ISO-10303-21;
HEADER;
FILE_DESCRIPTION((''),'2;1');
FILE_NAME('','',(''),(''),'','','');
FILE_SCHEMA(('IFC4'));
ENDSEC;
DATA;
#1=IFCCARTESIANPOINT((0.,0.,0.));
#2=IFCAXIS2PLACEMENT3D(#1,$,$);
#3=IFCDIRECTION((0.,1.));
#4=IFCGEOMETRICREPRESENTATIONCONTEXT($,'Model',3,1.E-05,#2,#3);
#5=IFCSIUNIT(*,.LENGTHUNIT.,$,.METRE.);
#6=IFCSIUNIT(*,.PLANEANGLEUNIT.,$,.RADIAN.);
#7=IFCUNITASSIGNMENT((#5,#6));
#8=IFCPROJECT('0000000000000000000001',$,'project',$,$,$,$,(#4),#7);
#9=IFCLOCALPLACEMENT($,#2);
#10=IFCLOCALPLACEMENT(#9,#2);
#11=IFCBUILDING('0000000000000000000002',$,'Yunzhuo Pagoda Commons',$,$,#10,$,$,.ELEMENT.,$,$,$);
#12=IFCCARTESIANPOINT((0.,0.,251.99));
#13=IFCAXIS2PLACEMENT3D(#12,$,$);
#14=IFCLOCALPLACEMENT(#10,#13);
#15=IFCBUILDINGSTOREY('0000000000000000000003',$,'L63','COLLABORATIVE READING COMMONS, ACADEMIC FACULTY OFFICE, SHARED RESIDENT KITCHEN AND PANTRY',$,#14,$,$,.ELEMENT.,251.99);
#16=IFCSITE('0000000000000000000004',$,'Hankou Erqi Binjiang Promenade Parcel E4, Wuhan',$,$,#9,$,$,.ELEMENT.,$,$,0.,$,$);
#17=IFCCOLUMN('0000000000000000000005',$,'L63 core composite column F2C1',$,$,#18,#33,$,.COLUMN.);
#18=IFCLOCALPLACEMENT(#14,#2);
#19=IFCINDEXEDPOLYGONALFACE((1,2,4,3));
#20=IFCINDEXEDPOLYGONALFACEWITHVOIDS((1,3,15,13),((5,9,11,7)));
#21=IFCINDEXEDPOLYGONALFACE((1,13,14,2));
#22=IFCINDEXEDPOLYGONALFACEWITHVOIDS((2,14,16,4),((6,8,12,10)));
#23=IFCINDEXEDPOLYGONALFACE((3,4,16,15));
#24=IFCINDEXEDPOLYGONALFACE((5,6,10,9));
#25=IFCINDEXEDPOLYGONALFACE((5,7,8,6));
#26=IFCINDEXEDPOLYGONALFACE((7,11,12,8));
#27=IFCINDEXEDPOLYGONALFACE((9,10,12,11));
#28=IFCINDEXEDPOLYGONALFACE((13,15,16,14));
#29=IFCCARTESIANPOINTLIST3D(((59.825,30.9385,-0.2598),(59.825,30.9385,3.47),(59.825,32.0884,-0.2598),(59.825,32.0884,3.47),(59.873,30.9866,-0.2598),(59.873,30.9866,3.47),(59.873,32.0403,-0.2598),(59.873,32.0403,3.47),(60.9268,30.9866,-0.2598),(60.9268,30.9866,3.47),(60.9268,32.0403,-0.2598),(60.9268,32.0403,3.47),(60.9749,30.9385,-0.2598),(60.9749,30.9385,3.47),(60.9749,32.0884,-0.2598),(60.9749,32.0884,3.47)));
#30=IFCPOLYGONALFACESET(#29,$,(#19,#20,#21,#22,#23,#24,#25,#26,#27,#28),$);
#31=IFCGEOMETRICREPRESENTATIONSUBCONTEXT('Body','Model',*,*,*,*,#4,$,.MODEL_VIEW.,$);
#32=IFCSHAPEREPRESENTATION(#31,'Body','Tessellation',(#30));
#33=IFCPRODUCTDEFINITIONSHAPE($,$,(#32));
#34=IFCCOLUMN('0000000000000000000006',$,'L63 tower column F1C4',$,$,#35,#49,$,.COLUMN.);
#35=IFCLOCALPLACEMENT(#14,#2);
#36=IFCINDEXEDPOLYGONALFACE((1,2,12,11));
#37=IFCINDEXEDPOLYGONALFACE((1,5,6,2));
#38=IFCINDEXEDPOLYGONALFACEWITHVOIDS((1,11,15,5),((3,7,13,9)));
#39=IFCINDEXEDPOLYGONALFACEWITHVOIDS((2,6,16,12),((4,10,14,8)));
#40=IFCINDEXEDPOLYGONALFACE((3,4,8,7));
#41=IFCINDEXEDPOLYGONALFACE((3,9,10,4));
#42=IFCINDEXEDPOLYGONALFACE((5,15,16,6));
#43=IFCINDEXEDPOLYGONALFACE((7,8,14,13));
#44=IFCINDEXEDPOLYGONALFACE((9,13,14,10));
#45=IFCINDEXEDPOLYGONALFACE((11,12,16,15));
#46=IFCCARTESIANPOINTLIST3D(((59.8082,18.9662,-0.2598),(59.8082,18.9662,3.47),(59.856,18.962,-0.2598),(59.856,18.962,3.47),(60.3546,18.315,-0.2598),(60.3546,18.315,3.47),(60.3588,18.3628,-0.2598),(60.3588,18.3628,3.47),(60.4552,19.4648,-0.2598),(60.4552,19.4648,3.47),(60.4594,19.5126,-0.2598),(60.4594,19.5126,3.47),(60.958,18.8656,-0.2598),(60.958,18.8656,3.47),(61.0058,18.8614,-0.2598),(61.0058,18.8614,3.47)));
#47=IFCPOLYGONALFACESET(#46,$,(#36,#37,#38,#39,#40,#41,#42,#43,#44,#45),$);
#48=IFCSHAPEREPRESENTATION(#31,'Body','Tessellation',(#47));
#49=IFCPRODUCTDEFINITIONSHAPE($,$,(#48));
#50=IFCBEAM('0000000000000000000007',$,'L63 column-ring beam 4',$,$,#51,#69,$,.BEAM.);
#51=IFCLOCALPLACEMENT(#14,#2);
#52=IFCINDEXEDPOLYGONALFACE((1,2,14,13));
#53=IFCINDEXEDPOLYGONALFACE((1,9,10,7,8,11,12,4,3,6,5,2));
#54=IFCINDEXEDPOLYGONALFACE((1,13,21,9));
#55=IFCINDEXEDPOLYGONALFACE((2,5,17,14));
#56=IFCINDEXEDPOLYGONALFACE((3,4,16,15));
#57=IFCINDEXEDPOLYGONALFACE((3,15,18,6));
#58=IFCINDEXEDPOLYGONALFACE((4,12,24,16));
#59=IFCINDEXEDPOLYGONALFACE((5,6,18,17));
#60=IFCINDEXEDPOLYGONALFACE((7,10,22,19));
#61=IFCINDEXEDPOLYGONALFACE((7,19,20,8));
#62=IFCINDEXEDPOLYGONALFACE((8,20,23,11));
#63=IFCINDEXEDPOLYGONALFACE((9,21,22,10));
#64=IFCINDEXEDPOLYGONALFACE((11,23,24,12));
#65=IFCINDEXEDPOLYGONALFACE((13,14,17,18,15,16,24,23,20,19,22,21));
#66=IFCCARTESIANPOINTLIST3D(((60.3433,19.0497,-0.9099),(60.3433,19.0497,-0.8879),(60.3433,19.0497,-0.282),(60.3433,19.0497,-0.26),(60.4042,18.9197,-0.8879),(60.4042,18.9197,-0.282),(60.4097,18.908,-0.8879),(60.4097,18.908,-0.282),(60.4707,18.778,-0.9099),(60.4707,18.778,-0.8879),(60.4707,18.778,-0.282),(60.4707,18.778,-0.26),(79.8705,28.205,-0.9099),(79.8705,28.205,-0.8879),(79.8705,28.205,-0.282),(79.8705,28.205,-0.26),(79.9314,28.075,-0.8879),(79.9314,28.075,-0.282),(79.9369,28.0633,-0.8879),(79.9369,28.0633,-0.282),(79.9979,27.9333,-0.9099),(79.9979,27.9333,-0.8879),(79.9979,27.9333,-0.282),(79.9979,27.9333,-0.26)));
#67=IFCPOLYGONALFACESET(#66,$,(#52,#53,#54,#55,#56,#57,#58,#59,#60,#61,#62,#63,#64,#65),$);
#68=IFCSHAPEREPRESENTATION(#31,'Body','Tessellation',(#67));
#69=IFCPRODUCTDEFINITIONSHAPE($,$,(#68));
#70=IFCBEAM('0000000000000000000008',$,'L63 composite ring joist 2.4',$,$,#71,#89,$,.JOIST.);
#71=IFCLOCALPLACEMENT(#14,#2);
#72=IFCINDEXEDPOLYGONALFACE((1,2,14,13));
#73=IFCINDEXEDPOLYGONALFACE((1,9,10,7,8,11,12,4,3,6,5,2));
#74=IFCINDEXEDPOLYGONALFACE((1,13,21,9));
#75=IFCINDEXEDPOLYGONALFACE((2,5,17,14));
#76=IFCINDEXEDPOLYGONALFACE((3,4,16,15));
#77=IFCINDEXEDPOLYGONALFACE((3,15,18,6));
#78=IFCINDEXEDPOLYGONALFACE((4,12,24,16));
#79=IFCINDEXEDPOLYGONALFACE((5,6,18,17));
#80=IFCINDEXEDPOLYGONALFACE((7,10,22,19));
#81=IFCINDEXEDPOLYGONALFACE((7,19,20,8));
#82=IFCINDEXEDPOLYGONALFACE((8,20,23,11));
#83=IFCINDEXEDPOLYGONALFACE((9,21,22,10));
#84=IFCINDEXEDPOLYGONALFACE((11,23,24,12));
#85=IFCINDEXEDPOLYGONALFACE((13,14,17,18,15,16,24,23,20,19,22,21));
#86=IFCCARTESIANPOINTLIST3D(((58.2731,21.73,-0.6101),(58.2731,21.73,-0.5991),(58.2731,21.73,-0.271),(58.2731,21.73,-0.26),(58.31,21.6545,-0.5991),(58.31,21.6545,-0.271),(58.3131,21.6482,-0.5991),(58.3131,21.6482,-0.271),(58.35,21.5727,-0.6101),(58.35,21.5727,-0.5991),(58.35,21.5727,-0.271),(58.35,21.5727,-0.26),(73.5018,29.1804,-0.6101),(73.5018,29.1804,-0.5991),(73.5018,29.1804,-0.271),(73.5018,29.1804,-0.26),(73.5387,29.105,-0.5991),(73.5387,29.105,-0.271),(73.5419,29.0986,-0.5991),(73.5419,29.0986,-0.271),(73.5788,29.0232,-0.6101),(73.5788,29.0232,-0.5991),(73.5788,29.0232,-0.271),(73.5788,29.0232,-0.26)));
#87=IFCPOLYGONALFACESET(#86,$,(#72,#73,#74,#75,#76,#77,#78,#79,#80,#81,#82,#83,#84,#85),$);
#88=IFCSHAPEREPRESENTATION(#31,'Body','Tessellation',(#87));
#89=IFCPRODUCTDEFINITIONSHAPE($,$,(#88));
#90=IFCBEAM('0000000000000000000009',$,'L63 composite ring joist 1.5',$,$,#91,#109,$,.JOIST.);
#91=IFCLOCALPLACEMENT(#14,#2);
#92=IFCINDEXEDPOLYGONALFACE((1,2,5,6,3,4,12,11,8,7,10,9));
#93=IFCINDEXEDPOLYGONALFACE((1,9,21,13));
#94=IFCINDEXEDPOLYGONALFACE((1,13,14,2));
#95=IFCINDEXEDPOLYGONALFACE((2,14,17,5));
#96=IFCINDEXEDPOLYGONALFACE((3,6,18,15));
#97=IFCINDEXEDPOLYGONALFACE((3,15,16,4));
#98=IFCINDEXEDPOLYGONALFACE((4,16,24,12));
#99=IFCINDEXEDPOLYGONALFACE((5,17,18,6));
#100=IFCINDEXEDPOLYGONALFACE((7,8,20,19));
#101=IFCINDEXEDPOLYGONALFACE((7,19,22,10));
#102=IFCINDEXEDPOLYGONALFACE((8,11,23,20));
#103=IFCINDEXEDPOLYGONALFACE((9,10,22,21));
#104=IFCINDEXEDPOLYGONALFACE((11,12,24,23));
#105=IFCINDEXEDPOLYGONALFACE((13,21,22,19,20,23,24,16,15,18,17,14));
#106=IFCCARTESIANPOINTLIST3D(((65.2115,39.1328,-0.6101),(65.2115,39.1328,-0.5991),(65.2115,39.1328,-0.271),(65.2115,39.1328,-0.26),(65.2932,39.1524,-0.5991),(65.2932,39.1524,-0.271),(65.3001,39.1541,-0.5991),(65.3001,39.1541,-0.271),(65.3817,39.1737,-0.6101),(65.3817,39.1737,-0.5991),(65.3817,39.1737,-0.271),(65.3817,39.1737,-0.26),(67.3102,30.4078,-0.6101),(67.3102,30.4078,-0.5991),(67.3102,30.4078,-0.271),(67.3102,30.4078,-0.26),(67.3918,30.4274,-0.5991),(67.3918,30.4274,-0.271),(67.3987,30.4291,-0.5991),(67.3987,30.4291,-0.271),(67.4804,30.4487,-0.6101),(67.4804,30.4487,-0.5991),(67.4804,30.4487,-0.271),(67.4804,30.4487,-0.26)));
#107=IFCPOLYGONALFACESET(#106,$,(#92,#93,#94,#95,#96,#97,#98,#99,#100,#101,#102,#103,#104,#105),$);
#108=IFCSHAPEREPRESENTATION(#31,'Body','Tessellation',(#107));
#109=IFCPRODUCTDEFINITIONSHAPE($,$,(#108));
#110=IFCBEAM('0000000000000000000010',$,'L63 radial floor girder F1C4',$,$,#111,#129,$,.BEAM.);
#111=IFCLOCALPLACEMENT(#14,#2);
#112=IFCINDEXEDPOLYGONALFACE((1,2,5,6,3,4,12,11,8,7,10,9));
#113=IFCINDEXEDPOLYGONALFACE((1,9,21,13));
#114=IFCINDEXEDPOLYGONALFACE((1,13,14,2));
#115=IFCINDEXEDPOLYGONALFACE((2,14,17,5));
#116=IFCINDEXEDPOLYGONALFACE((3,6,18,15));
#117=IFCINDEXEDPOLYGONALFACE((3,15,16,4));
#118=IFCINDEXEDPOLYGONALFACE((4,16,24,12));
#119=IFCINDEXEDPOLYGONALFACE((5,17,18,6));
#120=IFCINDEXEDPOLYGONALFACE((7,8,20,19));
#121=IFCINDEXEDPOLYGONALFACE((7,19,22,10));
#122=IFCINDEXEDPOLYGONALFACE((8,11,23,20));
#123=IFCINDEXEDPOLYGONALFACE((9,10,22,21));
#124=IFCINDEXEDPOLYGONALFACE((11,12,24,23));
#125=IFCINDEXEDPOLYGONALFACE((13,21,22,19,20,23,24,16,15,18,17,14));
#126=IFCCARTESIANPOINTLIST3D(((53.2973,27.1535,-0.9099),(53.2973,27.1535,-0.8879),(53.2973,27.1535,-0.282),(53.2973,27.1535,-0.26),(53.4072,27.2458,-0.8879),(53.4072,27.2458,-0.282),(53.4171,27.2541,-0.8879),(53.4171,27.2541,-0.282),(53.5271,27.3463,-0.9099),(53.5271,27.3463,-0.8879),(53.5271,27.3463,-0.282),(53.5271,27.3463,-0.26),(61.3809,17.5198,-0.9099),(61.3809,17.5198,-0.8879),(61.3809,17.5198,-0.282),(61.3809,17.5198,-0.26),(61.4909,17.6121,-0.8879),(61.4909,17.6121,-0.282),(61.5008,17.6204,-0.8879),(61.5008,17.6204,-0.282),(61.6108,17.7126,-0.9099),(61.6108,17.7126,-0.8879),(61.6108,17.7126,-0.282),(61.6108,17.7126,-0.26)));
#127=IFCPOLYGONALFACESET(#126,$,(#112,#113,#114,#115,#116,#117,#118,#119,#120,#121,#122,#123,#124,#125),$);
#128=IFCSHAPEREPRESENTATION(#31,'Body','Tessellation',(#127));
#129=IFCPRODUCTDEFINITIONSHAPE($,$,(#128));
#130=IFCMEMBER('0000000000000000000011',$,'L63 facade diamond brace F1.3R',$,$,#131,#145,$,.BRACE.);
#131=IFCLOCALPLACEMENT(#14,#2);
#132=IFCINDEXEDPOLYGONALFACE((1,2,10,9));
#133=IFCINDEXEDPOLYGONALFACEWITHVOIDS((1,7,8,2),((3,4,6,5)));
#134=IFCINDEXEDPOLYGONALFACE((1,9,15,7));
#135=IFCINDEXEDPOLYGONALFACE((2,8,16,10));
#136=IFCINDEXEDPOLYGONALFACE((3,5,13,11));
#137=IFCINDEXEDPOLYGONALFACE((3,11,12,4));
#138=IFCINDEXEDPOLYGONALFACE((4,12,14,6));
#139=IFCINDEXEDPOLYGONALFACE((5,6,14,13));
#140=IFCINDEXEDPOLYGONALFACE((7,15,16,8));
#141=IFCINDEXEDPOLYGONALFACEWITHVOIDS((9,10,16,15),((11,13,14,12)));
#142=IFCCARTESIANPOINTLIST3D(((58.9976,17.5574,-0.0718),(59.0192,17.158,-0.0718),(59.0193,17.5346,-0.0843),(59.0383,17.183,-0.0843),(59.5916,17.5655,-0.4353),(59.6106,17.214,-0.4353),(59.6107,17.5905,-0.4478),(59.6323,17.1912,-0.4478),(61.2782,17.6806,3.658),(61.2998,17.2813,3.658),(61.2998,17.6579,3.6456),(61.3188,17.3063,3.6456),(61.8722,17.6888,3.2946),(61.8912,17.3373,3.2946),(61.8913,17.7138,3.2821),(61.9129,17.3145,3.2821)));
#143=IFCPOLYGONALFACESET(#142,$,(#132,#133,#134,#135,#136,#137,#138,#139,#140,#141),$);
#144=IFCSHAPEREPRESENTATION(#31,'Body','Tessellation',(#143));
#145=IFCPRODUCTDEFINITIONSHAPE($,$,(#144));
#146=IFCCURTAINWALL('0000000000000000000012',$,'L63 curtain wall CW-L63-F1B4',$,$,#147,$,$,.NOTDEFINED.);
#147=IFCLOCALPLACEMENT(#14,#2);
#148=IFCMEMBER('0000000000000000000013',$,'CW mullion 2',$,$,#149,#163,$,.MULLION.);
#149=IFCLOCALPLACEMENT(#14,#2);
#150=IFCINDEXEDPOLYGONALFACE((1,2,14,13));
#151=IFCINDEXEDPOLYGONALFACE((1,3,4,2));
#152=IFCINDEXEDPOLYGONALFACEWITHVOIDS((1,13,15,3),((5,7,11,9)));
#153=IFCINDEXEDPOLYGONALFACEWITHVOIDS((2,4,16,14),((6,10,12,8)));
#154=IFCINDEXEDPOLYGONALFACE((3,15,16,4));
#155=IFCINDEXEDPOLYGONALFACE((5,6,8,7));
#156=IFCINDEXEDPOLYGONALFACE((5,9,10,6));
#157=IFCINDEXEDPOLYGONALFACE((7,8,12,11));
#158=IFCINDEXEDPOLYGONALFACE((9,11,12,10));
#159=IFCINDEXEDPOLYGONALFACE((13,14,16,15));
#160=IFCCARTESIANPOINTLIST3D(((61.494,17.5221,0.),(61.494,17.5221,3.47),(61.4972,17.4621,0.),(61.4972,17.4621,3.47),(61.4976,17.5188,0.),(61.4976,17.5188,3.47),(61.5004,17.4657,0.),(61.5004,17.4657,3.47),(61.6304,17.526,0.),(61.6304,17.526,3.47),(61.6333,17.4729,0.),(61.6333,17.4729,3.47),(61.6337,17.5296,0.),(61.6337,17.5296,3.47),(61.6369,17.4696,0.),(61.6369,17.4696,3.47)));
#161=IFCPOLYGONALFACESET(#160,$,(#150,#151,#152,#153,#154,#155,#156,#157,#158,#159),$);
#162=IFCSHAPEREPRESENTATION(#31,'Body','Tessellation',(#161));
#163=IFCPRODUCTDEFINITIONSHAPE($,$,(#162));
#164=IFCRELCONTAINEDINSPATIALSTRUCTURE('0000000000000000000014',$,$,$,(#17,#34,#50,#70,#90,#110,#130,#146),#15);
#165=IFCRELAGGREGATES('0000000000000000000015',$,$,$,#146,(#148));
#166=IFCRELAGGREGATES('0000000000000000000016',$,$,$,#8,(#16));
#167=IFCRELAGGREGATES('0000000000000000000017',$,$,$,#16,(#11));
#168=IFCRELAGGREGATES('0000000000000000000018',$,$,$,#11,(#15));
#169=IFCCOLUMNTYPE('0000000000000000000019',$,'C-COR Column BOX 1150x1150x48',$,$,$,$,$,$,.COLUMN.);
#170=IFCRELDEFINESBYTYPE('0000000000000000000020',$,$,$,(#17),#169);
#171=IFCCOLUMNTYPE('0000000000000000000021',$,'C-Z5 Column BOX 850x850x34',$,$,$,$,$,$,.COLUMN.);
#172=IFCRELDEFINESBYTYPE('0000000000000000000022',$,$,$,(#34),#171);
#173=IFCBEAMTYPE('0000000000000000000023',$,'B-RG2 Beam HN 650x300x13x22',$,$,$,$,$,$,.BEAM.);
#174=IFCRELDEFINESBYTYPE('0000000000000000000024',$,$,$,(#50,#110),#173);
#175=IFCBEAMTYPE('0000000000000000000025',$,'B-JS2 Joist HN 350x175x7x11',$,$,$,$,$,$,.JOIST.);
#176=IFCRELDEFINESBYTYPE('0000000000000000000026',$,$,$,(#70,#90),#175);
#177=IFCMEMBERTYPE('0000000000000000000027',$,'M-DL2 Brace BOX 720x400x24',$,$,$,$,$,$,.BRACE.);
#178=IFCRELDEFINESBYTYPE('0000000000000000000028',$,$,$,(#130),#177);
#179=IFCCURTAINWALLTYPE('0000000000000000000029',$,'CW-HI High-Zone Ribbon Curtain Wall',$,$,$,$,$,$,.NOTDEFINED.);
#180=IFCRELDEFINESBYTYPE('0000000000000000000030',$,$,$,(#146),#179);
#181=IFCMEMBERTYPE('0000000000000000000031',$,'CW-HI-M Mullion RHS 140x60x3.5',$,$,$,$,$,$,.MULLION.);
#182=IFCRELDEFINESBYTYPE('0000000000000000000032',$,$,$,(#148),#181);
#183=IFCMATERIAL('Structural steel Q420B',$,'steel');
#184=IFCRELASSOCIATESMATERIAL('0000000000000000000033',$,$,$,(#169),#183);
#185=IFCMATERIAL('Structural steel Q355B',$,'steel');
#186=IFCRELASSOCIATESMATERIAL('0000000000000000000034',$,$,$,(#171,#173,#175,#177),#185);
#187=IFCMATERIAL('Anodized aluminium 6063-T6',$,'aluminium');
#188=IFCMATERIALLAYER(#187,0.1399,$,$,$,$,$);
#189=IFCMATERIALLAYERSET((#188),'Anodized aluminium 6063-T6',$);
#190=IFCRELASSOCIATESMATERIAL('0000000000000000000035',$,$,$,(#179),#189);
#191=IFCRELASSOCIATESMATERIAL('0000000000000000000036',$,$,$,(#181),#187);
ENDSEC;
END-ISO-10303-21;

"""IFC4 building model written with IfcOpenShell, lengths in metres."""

from ifc_helpers import new_model, si_unit, direction, frame, origin, origin_2d, place, context, subcontext, project, spatial, hollow_rectangle, i_section, extrude, source, transform, mapped, material, layer, layer_set, material_profile, profile_set, type_object, element, aggregate, save


model = new_model("IFC4")

# Units and contexts
model_context = context("Model", 3, precision=1e-05, world=origin(), true_north=direction((0.0, 1.0)))
body_context = subcontext(model_context, "Body", "Model", "MODEL_VIEW")
ifc_project = project(units=[si_unit("LENGTHUNIT", "METRE"), si_unit("PLANEANGLEUNIT", "RADIAN")], contexts=[model_context])

# Site, building, storey
site_placement = place(None, origin())
site = spatial("IfcSite", under=ifc_project, at=site_placement, Name="Hankou Erqi Binjiang Promenade Parcel E4, Wuhan", CompositionType="ELEMENT", RefElevation=0.0)
building_placement = place(site_placement, origin())
building = spatial("IfcBuilding", under=site, at=building_placement, Name="Yunzhuo Pagoda Commons", CompositionType="ELEMENT")
storey_placement = place(building_placement, frame((0.0, 0.0, 251.99)))
storey = spatial("IfcBuildingStorey", under=building, at=storey_placement, Name="L63", Description="COLLABORATIVE READING COMMONS, ACADEMIC FACULTY OFFICE, SHARED RESIDENT KITCHEN AND PANTRY", CompositionType="ELEMENT", Elevation=251.99)

# Columns
ifc_material_1 = material(Name="Structural steel Q420B", Category="steel")
ifc_material_profile_1 = material_profile(ifc_material_1, hollow_rectangle(XDim=1.1499, YDim=1.1499, WallThickness=0.0481, at=origin_2d()), Name="Structural steel Q420B")
ifc_profile_set_1 = profile_set([ifc_material_profile_1], Name="Structural steel Q420B")
column_type_1 = type_object("IfcColumnType", Name="C-COR Column BOX 1150x1150x48", PredefinedType="COLUMN", material=ifc_profile_set_1)
shared_shape_1 = source(origin(), body_context, "Body", "SweptSolid", [
    extrude(hollow_rectangle(XDim=1.1499, YDim=1.1499, WallThickness=0.0481, at=origin_2d()), origin(), (0.0, 0.0, 1.0), 3.7297),
])
column_1_placement = place(storey_placement, frame((60.3999, 31.5134, -0.2598), z_axis=(0.0, 0.0, 1.0), x_axis=(1.0, 0.0, 0.0)))
element("IfcColumn", 1, at=column_1_placement, inside=storey, type_object=column_type_1, Name="L63 core composite column F2C1", PredefinedType="COLUMN", context=body_context, shape_type="MappedRepresentation", body=[
    mapped(shared_shape_1, transform((0.0, 0.0, 0.0), scale=1.0)),
])
ifc_material_2 = material(Name="Structural steel Q355B", Category="steel")
ifc_material_profile_2 = material_profile(ifc_material_2, hollow_rectangle(XDim=0.8501, YDim=0.8501, WallThickness=0.0339, at=origin_2d()), Name="Structural steel Q355B")
ifc_profile_set_2 = profile_set([ifc_material_profile_2], Name="Structural steel Q355B")
column_type_2 = type_object("IfcColumnType", Name="C-Z5 Column BOX 850x850x34", PredefinedType="COLUMN", material=ifc_profile_set_2)
shared_shape_2 = source(origin(), body_context, "Body", "SweptSolid", [
    extrude(hollow_rectangle(XDim=0.8501, YDim=0.8501, WallThickness=0.0339, at=origin_2d()), origin(), (0.0, 0.0, 1.0), 3.7297),
])
column_2_placement = place(storey_placement, frame((60.407, 18.9138, -0.2598), z_axis=(0.0, 0.0, 1.0), x_axis=(0.766044, 0.642788, 0.0)))
element("IfcColumn", 2, at=column_2_placement, inside=storey, type_object=column_type_2, Name="L63 tower column F1C4", PredefinedType="COLUMN", context=body_context, shape_type="MappedRepresentation", body=[
    mapped(shared_shape_2, transform((0.0, 0.0, 0.0), scale=1.0)),
])

# Beams
ifc_material_profile_3 = material_profile(ifc_material_2, i_section(OverallWidth=0.3, OverallDepth=0.6499, WebThickness=0.0129, FlangeThickness=0.022, at=origin_2d()), Name="Structural steel Q355B")
ifc_profile_set_3 = profile_set([ifc_material_profile_3], Name="Structural steel Q355B")
beam_type_1 = type_object("IfcBeamType", Name="B-RG2 Beam HN 650x300x13x22", PredefinedType="BEAM", material=ifc_profile_set_3)
shared_shape_3 = source(origin(), body_context, "Body", "SweptSolid", [
    extrude(i_section(OverallWidth=0.3, OverallDepth=0.6499, WebThickness=0.0129, FlangeThickness=0.022, at=origin_2d()), origin(), (0.0, 0.0, 1.0), 21.5669),
])
beam_1_placement = place(storey_placement, frame((60.407, 18.9138, -0.585), z_axis=(0.905424, 0.424508, 0.0), x_axis=(-0.424508, 0.905424, 0.0)))
element("IfcBeam", 3, at=beam_1_placement, inside=storey, type_object=beam_type_1, Name="L63 column-ring beam 4", PredefinedType="BEAM", context=body_context, shape_type="MappedRepresentation", body=[
    mapped(shared_shape_3, transform((0.0, 0.0, 0.0), scale=1.0)),
])
ifc_material_profile_4 = material_profile(ifc_material_2, i_section(OverallWidth=0.175, OverallDepth=0.3501, WebThickness=0.0071, FlangeThickness=0.011, at=origin_2d()), Name="Structural steel Q355B")
ifc_profile_set_4 = profile_set([ifc_material_profile_4], Name="Structural steel Q355B")
beam_type_2 = type_object("IfcBeamType", Name="B-JS2 Joist HN 350x175x7x11", PredefinedType="JOIST", material=ifc_profile_set_4)
shared_shape_4 = source(origin(), body_context, "Body", "SweptSolid", [
    extrude(i_section(OverallWidth=0.175, OverallDepth=0.3501, WebThickness=0.0071, FlangeThickness=0.011, at=origin_2d()), origin(), (0.0, 0.0, 1.0), 16.9536),
])
beam_2_placement = place(storey_placement, frame((58.3115, 21.6514, -0.4351), z_axis=(0.898262, 0.439461, 0.0), x_axis=(-0.439461, 0.898262, 0.0)))
element("IfcBeam", 4, at=beam_2_placement, inside=storey, type_object=beam_type_2, Name="L63 composite ring joist 2.4", PredefinedType="JOIST", context=body_context, shape_type="MappedRepresentation", body=[
    mapped(shared_shape_4, transform((0.0, 0.0, 0.0), scale=1.0)),
])
shared_shape_5 = source(origin(), body_context, "Body", "SweptSolid", [
    extrude(i_section(OverallWidth=0.175, OverallDepth=0.3501, WebThickness=0.0071, FlangeThickness=0.011, at=origin_2d()), origin(), (0.0, 0.0, 1.0), 8.9739),
])
beam_3_placement = place(storey_placement, frame((67.3953, 30.4282, -0.4351), z_axis=(-0.233859, 0.972271, 0.0), x_axis=(-0.972271, -0.233859, 0.0)))
element("IfcBeam", 5, at=beam_3_placement, inside=storey, type_object=beam_type_2, Name="L63 composite ring joist 1.5", PredefinedType="JOIST", context=body_context, shape_type="MappedRepresentation", body=[
    mapped(shared_shape_5, transform((0.0, 0.0, 0.0), scale=1.0)),
])
shared_shape_6 = source(origin(), body_context, "Body", "SweptSolid", [
    extrude(i_section(OverallWidth=0.3, OverallDepth=0.6499, WebThickness=0.0129, FlangeThickness=0.022, at=origin_2d()), origin(), (0.0, 0.0, 1.0), 12.5759),
])
beam_4_placement = place(storey_placement, frame((61.4958, 17.6162, -0.585), z_axis=(-0.642789, 0.766043, 0.0), x_axis=(-0.766043, -0.642789, 0.0)))
element("IfcBeam", 6, at=beam_4_placement, inside=storey, type_object=beam_type_1, Name="L63 radial floor girder F1C4", PredefinedType="BEAM", context=body_context, shape_type="MappedRepresentation", body=[
    mapped(shared_shape_6, transform((0.0, 0.0, 0.0), scale=1.0)),
])

# Member
ifc_material_profile_5 = material_profile(ifc_material_2, hollow_rectangle(XDim=0.3999, YDim=0.72, WallThickness=0.0239, at=origin_2d()), Name="Structural steel Q355B")
ifc_profile_set_5 = profile_set([ifc_material_profile_5], Name="Structural steel Q355B")
member_type_1 = type_object("IfcMemberType", Name="M-DL2 Brace BOX 720x400x24", PredefinedType="BRACE", material=ifc_profile_set_5)
shared_shape_7 = source(origin(), body_context, "Body", "SweptSolid", [
    extrude(hollow_rectangle(XDim=0.3999, YDim=0.72, WallThickness=0.0239, at=origin_2d()), origin(), (0.0, 0.0, 1.0), 4.3735),
])
member_1_placement = place(storey_placement, frame((59.3149, 17.3743, -0.2598), z_axis=(0.521448, 0.028191, 0.852817), x_axis=(-0.053984, 0.998542, 0.0)))
element("IfcMember", 7, at=member_1_placement, inside=storey, type_object=member_type_1, Name="L63 facade diamond brace F1.3R", PredefinedType="BRACE", context=body_context, shape_type="MappedRepresentation", body=[
    mapped(shared_shape_7, transform((0.0, 0.0, 0.0), scale=1.0)),
])

# Curtain wall, member
ifc_material_3 = material(Name="Anodized aluminium 6063-T6", Category="aluminium")
ifc_layer_1 = layer(ifc_material_3, 0.1399)
ifc_layer_set_1 = layer_set([ifc_layer_1], Name="Anodized aluminium 6063-T6")
curtain_wall_type = type_object("IfcCurtainWallType", Name="CW-HI High-Zone Ribbon Curtain Wall", PredefinedType="NOTDEFINED", material=ifc_layer_set_1)
curtain_wall_1_placement = place(storey_placement, origin())
curtain_wall_1 = element("IfcCurtainWall", 8, at=curtain_wall_1_placement, inside=storey, type_object=curtain_wall_type, Name="L63 curtain wall CW-L63-F1B4", PredefinedType="NOTDEFINED")
ifc_material_profile_6 = material_profile(ifc_material_3, hollow_rectangle(XDim=0.0601, YDim=0.1399, WallThickness=0.0034, at=origin_2d()), Name="Anodized aluminium 6063-T6")
ifc_profile_set_6 = profile_set([ifc_material_profile_6], Name="Anodized aluminium 6063-T6")
member_type_2 = type_object("IfcMemberType", Name="CW-HI-M Mullion RHS 140x60x3.5", PredefinedType="MULLION", material=ifc_profile_set_6)
shared_shape_8 = source(origin(), body_context, "Body", "SweptSolid", [
    extrude(hollow_rectangle(XDim=0.0601, YDim=0.1399, WallThickness=0.0034, at=origin_2d()), origin(), (0.0, 0.0, 1.0), 3.47),
])
member_2_placement = place(storey_placement, frame((61.5654, 17.4958, 0.0), z_axis=(0.0, 0.0, 1.0), x_axis=(-0.053989, 0.998542, 0.0)))
member_2 = element("IfcMember", 9, at=member_2_placement, type_object=member_type_2, Name="CW mullion 2", PredefinedType="MULLION", context=body_context, shape_type="MappedRepresentation", body=[
    mapped(shared_shape_8, transform((0.0, 0.0, 0.0), scale=1.0)),
])

aggregate(curtain_wall_1, [member_2])

save(model, "model.ifc")
